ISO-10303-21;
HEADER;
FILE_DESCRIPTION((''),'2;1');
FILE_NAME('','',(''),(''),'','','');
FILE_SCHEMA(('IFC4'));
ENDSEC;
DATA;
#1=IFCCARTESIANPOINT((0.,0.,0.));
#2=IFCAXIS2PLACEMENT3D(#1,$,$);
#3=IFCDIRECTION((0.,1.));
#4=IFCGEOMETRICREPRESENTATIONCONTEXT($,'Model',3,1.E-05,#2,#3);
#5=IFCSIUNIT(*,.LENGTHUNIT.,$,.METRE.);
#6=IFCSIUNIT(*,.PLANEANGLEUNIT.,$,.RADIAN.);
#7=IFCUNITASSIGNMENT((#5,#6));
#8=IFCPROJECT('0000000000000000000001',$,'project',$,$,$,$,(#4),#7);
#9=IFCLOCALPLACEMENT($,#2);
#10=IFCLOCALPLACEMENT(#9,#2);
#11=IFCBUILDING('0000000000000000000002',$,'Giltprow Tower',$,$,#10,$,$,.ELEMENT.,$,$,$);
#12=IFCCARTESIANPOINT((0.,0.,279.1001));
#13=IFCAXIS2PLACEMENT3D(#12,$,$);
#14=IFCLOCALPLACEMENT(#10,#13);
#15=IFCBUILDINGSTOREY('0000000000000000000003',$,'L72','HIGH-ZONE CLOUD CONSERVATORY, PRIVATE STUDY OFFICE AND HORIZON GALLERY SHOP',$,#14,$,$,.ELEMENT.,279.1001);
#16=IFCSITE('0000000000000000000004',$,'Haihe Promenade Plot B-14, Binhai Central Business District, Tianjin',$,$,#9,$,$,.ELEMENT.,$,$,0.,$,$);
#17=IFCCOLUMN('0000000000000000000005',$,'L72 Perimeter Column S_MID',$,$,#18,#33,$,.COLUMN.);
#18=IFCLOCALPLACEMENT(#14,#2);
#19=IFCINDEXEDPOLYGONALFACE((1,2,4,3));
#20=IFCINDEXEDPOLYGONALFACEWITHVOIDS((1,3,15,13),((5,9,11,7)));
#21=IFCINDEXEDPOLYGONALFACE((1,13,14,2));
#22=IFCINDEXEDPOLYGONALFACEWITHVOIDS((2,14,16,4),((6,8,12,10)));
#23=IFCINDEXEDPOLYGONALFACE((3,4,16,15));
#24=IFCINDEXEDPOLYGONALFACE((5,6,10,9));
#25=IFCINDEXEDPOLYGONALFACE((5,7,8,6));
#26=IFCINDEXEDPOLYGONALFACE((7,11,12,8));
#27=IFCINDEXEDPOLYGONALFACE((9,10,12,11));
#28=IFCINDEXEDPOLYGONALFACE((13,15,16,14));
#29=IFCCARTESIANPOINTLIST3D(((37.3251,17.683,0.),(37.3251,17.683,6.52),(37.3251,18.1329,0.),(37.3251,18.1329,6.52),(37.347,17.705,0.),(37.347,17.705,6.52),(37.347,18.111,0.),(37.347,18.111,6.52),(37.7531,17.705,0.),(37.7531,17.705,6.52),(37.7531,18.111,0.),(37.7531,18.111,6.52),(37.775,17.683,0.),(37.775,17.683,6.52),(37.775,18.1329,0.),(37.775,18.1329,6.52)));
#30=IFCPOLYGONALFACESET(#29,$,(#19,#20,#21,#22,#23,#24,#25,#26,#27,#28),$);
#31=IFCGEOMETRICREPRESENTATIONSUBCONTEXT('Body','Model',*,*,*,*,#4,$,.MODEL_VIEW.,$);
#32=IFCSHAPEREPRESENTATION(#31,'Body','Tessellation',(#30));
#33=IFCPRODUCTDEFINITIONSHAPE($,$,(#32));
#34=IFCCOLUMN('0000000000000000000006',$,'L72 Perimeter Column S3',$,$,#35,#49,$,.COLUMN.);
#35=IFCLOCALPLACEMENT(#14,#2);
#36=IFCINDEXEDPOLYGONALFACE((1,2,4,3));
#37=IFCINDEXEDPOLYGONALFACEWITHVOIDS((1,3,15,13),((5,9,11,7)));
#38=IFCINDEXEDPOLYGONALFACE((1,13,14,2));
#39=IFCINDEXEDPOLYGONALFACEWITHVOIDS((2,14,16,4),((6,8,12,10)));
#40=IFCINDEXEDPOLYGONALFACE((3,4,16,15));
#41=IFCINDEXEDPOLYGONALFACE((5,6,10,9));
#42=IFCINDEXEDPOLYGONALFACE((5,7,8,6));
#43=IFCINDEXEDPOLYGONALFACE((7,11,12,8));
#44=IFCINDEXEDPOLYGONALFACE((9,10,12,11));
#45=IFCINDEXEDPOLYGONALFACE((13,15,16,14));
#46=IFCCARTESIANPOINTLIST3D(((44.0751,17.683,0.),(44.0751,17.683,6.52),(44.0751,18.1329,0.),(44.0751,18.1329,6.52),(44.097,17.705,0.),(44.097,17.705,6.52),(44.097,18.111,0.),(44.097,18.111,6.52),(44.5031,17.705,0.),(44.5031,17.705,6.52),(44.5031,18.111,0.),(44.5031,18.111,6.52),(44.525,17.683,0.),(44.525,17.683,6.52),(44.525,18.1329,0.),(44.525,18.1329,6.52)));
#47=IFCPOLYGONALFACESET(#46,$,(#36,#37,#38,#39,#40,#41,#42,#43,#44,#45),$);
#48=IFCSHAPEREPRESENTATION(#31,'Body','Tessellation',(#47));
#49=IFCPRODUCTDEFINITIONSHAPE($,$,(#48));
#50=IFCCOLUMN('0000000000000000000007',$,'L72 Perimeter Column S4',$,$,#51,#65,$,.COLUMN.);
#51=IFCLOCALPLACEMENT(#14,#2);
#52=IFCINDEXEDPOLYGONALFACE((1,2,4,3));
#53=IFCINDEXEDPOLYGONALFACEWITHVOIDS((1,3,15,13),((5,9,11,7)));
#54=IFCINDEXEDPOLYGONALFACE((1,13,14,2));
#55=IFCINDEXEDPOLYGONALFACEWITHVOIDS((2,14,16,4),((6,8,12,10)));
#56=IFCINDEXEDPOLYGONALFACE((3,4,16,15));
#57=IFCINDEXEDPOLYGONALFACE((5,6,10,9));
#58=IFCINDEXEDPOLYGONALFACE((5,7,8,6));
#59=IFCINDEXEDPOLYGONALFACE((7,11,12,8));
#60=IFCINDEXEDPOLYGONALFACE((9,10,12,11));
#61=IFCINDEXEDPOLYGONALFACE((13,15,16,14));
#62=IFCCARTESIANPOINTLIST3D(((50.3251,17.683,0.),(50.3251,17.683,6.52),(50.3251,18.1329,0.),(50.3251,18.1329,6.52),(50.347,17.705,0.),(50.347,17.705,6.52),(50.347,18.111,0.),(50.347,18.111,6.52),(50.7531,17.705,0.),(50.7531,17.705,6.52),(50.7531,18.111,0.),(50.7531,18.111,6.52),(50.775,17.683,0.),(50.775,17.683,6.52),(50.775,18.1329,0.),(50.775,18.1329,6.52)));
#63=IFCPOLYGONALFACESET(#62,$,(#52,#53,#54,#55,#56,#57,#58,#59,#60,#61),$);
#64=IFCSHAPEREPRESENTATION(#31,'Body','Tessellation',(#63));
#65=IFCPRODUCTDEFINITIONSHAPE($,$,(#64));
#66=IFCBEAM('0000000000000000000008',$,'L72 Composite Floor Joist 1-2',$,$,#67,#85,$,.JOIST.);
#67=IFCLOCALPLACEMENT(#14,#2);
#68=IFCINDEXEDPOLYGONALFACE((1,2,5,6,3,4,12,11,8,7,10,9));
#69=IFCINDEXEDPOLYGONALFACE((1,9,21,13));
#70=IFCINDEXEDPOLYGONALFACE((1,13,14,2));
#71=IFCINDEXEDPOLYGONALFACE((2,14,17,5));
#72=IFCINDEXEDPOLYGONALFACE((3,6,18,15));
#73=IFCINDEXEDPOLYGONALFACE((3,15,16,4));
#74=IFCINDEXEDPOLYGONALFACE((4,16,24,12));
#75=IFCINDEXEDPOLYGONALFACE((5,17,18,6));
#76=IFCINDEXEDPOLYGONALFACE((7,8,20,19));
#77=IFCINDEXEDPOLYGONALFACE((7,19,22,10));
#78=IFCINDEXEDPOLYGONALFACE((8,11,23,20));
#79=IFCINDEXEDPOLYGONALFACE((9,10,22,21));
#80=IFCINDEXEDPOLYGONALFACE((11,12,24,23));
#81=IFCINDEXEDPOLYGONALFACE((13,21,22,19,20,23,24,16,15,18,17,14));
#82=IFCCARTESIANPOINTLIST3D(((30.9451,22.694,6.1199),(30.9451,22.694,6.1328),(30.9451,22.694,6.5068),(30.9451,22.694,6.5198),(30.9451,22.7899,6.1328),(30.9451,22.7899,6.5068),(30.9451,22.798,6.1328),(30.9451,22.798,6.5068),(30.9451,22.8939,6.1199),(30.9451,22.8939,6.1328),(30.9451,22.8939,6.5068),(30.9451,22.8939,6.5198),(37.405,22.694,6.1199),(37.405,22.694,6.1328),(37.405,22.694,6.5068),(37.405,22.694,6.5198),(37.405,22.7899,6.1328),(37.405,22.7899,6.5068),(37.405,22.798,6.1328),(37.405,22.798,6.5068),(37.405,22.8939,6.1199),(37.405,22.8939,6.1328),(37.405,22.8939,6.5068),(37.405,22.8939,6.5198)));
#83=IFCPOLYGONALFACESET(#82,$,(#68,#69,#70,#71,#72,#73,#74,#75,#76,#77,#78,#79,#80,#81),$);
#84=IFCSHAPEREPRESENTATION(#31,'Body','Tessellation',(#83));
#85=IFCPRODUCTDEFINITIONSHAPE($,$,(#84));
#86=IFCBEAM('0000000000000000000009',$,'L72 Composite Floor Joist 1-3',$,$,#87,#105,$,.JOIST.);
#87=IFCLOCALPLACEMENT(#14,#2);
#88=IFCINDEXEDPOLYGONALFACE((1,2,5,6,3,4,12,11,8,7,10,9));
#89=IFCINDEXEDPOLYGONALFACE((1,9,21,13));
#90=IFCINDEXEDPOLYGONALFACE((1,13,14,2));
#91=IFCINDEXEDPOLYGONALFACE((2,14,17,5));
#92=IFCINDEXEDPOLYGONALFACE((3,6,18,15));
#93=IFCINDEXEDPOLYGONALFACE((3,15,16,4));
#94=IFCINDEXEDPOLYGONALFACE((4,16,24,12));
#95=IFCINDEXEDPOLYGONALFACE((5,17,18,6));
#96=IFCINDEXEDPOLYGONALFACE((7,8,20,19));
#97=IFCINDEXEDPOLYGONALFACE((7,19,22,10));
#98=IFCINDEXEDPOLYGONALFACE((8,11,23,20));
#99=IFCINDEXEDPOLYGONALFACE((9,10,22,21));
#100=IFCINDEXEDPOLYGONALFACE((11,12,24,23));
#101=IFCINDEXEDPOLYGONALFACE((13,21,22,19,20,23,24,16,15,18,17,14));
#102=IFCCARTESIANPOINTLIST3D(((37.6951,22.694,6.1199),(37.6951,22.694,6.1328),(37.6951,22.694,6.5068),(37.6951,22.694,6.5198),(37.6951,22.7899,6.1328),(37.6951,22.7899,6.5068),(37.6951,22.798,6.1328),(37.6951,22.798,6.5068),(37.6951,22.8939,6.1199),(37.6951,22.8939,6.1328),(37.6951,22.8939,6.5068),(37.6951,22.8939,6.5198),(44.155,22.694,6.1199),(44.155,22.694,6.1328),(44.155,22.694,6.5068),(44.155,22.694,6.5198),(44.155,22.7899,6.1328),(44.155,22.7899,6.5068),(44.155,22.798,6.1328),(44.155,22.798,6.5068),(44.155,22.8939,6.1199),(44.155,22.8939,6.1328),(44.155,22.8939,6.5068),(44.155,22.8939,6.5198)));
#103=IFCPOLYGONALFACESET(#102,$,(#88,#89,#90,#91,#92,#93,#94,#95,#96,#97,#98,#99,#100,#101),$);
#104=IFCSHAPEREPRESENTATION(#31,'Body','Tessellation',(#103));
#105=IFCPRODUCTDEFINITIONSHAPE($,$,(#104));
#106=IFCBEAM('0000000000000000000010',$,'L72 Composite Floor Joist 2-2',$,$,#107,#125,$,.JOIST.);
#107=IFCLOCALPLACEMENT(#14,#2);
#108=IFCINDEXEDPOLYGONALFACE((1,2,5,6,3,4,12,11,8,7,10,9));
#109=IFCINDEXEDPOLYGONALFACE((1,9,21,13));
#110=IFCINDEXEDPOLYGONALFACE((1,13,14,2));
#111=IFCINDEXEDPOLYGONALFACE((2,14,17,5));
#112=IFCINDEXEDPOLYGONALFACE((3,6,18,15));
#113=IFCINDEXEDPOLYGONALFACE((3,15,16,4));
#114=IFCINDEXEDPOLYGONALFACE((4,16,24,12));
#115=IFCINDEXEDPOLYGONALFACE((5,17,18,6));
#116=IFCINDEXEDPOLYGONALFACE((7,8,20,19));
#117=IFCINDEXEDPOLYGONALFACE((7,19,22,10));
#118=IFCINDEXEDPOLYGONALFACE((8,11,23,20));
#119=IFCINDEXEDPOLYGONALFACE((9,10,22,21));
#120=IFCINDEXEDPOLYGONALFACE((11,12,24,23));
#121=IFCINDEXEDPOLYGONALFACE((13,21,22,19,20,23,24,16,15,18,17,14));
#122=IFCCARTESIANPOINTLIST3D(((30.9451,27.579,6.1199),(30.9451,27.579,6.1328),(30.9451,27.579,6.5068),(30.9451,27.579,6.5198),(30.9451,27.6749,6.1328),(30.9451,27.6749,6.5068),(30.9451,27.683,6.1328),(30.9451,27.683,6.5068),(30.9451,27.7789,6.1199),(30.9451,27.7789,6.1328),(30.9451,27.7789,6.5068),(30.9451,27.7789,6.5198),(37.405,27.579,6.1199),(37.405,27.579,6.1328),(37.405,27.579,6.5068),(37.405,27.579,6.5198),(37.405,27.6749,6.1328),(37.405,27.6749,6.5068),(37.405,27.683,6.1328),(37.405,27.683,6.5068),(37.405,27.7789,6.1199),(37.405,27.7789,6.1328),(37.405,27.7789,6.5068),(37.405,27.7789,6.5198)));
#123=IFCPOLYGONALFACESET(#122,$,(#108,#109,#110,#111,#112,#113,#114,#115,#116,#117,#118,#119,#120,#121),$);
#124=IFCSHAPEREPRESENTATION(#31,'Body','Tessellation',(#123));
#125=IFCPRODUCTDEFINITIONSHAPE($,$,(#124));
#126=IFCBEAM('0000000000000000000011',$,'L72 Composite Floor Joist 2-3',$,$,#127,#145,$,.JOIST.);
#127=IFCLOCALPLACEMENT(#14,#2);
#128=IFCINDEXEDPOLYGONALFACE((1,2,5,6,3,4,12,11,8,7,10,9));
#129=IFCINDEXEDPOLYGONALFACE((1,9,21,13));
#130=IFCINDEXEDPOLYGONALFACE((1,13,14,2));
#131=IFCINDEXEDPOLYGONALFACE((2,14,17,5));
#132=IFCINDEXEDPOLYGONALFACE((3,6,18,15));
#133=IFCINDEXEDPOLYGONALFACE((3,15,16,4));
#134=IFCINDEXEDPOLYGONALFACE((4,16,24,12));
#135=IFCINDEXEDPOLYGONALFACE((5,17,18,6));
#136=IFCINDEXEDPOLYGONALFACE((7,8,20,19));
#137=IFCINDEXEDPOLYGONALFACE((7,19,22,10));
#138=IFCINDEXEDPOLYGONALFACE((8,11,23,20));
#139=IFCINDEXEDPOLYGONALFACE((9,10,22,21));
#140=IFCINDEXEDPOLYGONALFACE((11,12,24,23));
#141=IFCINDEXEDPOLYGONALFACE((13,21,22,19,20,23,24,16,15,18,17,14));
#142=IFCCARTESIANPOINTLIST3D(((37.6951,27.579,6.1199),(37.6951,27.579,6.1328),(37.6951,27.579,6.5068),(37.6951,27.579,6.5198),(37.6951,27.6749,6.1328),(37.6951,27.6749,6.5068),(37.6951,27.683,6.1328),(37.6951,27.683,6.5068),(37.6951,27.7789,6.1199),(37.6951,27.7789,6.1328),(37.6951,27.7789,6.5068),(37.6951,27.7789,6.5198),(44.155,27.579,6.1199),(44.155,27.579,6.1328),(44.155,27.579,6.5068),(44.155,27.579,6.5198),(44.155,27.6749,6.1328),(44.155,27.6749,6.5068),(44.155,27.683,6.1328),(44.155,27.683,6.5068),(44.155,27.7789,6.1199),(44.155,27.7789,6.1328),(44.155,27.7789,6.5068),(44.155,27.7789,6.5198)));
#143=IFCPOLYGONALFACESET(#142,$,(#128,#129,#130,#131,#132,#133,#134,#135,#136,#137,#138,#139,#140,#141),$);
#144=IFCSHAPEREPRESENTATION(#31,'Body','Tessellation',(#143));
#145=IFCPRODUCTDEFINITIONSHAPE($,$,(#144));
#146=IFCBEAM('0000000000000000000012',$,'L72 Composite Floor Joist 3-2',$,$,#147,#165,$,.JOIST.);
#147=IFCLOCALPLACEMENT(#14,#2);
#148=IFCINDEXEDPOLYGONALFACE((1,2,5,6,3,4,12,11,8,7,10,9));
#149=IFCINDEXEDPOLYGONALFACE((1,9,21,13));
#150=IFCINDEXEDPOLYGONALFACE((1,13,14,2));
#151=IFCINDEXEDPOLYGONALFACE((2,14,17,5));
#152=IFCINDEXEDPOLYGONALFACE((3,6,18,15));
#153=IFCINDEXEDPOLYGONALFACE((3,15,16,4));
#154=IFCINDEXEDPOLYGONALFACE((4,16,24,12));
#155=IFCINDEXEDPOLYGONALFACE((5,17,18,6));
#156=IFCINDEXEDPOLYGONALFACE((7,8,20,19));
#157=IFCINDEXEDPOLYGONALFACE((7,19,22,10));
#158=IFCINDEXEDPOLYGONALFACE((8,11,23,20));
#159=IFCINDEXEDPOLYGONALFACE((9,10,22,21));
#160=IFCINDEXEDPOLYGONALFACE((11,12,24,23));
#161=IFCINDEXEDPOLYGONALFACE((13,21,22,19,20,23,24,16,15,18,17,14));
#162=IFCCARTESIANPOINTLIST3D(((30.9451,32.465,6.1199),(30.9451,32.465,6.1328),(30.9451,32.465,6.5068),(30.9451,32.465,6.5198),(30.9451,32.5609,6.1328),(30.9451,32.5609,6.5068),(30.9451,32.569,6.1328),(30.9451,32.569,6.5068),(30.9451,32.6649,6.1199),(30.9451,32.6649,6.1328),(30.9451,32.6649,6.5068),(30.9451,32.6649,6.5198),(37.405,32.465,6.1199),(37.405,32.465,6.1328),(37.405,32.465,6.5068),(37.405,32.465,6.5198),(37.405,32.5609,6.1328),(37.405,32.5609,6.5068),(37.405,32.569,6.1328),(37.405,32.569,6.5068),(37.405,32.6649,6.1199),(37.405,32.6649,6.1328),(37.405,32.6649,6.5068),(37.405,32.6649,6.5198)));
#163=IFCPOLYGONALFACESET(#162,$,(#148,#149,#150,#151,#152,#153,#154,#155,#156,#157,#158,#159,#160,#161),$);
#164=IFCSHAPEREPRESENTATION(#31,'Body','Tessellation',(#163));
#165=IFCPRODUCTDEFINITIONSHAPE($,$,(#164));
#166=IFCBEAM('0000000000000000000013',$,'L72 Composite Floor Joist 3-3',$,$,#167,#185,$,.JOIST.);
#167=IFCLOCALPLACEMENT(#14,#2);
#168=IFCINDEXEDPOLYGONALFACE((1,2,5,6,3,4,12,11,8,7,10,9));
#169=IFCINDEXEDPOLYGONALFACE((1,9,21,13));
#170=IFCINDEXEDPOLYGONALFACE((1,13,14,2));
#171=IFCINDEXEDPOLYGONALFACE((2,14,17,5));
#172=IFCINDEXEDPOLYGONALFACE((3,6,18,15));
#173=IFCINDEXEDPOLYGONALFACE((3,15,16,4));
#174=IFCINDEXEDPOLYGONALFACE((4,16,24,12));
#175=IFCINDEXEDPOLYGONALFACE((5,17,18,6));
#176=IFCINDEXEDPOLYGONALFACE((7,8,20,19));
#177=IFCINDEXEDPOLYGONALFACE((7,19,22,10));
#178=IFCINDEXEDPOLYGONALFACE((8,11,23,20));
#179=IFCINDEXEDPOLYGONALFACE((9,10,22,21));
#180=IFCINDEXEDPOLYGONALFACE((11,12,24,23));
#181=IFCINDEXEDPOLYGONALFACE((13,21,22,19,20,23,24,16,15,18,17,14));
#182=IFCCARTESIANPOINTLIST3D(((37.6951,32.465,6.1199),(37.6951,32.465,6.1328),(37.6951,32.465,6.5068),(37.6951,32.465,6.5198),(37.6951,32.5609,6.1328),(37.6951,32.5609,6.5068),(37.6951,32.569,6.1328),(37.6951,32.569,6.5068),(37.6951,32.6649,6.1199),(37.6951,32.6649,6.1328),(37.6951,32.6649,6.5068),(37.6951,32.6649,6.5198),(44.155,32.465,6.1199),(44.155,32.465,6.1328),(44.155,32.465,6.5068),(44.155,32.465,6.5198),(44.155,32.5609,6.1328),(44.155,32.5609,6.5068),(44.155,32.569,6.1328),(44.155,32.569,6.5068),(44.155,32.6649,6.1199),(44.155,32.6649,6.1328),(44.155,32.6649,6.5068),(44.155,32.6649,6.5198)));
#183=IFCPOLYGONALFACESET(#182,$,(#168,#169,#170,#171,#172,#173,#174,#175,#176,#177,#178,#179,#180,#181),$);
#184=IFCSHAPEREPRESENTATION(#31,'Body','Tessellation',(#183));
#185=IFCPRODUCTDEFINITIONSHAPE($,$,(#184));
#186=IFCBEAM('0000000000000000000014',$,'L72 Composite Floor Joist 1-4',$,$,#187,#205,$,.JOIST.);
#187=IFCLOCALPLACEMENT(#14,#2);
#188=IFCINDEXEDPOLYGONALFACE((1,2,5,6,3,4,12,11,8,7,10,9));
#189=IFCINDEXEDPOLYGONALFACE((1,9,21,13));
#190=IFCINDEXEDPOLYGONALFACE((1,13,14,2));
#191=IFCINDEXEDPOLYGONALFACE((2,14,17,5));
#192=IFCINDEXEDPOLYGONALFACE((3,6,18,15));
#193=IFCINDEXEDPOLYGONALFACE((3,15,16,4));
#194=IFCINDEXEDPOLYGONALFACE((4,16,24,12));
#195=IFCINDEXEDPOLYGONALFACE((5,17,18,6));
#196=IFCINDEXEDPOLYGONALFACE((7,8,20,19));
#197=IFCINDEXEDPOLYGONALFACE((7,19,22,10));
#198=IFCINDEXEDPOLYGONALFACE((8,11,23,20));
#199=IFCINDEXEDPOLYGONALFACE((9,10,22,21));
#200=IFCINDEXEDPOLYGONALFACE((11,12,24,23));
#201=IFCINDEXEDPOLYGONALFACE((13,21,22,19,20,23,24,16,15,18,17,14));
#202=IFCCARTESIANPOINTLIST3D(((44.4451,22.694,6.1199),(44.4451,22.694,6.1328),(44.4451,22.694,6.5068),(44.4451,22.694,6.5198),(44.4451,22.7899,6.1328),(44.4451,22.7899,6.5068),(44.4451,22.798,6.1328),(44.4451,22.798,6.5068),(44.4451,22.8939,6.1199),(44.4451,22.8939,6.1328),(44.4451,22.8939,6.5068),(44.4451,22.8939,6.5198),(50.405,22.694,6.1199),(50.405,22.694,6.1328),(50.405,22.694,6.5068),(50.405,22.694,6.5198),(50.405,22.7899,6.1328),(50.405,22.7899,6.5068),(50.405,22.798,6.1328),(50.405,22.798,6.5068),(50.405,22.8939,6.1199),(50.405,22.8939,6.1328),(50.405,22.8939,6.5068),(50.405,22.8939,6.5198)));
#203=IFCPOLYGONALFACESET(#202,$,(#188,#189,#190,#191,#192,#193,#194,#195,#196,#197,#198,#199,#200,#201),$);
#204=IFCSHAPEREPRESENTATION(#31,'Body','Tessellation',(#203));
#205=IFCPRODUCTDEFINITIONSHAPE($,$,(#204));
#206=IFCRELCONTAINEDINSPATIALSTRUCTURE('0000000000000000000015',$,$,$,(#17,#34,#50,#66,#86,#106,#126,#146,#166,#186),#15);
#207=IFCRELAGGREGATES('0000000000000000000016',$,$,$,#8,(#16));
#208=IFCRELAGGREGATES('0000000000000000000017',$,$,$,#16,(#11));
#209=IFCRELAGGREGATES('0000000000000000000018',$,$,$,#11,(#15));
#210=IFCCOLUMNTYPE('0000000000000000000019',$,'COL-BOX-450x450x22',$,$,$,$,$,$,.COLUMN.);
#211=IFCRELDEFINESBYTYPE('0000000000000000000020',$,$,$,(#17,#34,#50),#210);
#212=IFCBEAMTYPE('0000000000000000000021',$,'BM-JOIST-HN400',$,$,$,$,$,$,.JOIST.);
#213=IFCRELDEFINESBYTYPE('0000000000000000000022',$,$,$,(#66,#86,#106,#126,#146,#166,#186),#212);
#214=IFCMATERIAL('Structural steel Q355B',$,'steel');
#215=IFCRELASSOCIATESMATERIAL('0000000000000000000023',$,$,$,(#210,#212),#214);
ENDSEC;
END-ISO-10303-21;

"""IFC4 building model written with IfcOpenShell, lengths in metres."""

from ifc_helpers import new_model, si_unit, direction, frame, origin, origin_2d, place, context, subcontext, project, spatial, hollow_rectangle, i_section, extrude, source, transform, mapped, material, material_profile, profile_set, type_object, element, save


model = new_model("IFC4")

# Units and contexts
model_context = context("Model", 3, precision=1e-05, world=origin(), true_north=direction((0.0, 1.0)))
body_context = subcontext(model_context, "Body", "Model", "MODEL_VIEW")
ifc_project = project(units=[si_unit("LENGTHUNIT", "METRE"), si_unit("PLANEANGLEUNIT", "RADIAN")], contexts=[model_context])

# Site, building, storey
site_placement = place(None, origin())
site = spatial("IfcSite", under=ifc_project, at=site_placement, Name="Haihe Promenade Plot B-14, Binhai Central Business District, Tianjin", CompositionType="ELEMENT", RefElevation=0.0)
building_placement = place(site_placement, origin())
building = spatial("IfcBuilding", under=site, at=building_placement, Name="Giltprow Tower", CompositionType="ELEMENT")
storey_placement = place(building_placement, frame((0.0, 0.0, 279.1001)))
storey = spatial("IfcBuildingStorey", under=building, at=storey_placement, Name="L72", Description="HIGH-ZONE CLOUD CONSERVATORY, PRIVATE STUDY OFFICE AND HORIZON GALLERY SHOP", CompositionType="ELEMENT", Elevation=279.1001)

# Columns
ifc_material_1 = material(Name="Structural steel Q355B", Category="steel")
ifc_material_profile_1 = material_profile(ifc_material_1, hollow_rectangle(XDim=0.45, YDim=0.45, WallThickness=0.022, at=origin_2d()), Name="BOX 450x450x22")
ifc_profile_set_1 = profile_set([ifc_material_profile_1], Name="Structural steel Q355B")
column_type = type_object("IfcColumnType", Name="COL-BOX-450x450x22", PredefinedType="COLUMN", material=ifc_profile_set_1)
shared_shape_1 = source(origin(), body_context, "Body", "SweptSolid", [
    extrude(hollow_rectangle(XDim=0.45, YDim=0.45, WallThickness=0.022, at=origin_2d()), origin(), (0.0, 0.0, 1.0), 6.52),
])
for number, where, z_axis, x_axis, name in (
    (1, (37.55, 17.908, 0.0), (0.0, 0.0, 1.0), (1.0, 0.0, 0.0), "L72 Perimeter Column S_MID"),
    (2, (44.3, 17.908, 0.0), (0.0, 0.0, 1.0), (1.0, 0.0, 0.0), "L72 Perimeter Column S3"),
    (3, (50.55, 17.908, 0.0), (0.0, 0.0, 1.0), (1.0, 0.0, 0.0), "L72 Perimeter Column S4"),
):
    element("IfcColumn", number, at=place(storey_placement, frame(where, z_axis=z_axis, x_axis=x_axis)), inside=storey, type_object=column_type, Name=name, PredefinedType="COLUMN", context=body_context, shape_type="MappedRepresentation", body=[
        mapped(shared_shape_1, transform((0.0, 0.0, 0.0), x_axis=(1.0, 0.0, 0.0), y_axis=(0.0, 1.0, 0.0), z_axis=(0.0, 0.0, 1.0), scale=1.0)),
    ])

# Beams
ifc_material_profile_2 = material_profile(ifc_material_1, i_section(OverallWidth=0.2, OverallDepth=0.3999, WebThickness=0.0081, FlangeThickness=0.0129, at=origin_2d()), Name="HN 400x200x8x13")
ifc_profile_set_2 = profile_set([ifc_material_profile_2], Name="Structural steel Q355B")
beam_type_1 = type_object("IfcBeamType", Name="BM-JOIST-HN400", PredefinedType="JOIST", material=ifc_profile_set_2)
shared_shape_2 = source(origin(), body_context, "Body", "SweptSolid", [
    extrude(i_section(OverallWidth=0.2, OverallDepth=0.3999, WebThickness=0.0081, FlangeThickness=0.0129, at=origin_2d()), origin(), (0.0, 0.0, 1.0), 6.46),
])
for number, where, z_axis, x_axis, name in (
    (4, (30.9451, 22.7939, 6.3198), (1.0, 0.0, 0.0), (0.0, 1.0, 0.0), "L72 Composite Floor Joist 1-2"),
    (5, (37.6951, 22.7939, 6.3198), (1.0, 0.0, 0.0), (0.0, 1.0, 0.0), "L72 Composite Floor Joist 1-3"),
    (6, (30.9451, 27.679, 6.3198), (1.0, 0.0, 0.0), (0.0, 1.0, 0.0), "L72 Composite Floor Joist 2-2"),
    (7, (37.6951, 27.679, 6.3198), (1.0, 0.0, 0.0), (0.0, 1.0, 0.0), "L72 Composite Floor Joist 2-3"),
    (8, (30.9451, 32.5649, 6.3198), (1.0, 0.0, 0.0), (0.0, 1.0, 0.0), "L72 Composite Floor Joist 3-2"),
    (9, (37.6951, 32.5649, 6.3198), (1.0, 0.0, 0.0), (0.0, 1.0, 0.0), "L72 Composite Floor Joist 3-3"),
):
    element("IfcBeam", number, at=place(storey_placement, frame(where, z_axis=z_axis, x_axis=x_axis)), inside=storey, type_object=beam_type_1, Name=name, PredefinedType="JOIST", context=body_context, shape_type="MappedRepresentation", body=[
        mapped(shared_shape_2, transform((0.0, 0.0, 0.0), x_axis=(1.0, 0.0, 0.0), y_axis=(0.0, 1.0, 0.0), z_axis=(0.0, 0.0, 1.0), scale=1.0)),
    ])
shared_shape_3 = source(origin(), body_context, "Body", "SweptSolid", [
    extrude(i_section(OverallWidth=0.2, OverallDepth=0.3999, WebThickness=0.0081, FlangeThickness=0.0129, at=origin_2d()), origin(), (0.0, 0.0, 1.0), 5.96),
])
for number, where, z_axis, x_axis, name in (
    (10, (44.4451, 22.7939, 6.3198), (1.0, 0.0, 0.0), (0.0, 1.0, 0.0), "L72 Composite Floor Joist 1-4"),
):
    element("IfcBeam", number, at=place(storey_placement, frame(where, z_axis=z_axis, x_axis=x_axis)), inside=storey, type_object=beam_type_1, Name=name, PredefinedType="JOIST", context=body_context, shape_type="MappedRepresentation", body=[
        mapped(shared_shape_3, transform((0.0, 0.0, 0.0), x_axis=(1.0, 0.0, 0.0), y_axis=(0.0, 1.0, 0.0), z_axis=(0.0, 0.0, 1.0), scale=1.0)),
    ])

save(model, "model.ifc")
